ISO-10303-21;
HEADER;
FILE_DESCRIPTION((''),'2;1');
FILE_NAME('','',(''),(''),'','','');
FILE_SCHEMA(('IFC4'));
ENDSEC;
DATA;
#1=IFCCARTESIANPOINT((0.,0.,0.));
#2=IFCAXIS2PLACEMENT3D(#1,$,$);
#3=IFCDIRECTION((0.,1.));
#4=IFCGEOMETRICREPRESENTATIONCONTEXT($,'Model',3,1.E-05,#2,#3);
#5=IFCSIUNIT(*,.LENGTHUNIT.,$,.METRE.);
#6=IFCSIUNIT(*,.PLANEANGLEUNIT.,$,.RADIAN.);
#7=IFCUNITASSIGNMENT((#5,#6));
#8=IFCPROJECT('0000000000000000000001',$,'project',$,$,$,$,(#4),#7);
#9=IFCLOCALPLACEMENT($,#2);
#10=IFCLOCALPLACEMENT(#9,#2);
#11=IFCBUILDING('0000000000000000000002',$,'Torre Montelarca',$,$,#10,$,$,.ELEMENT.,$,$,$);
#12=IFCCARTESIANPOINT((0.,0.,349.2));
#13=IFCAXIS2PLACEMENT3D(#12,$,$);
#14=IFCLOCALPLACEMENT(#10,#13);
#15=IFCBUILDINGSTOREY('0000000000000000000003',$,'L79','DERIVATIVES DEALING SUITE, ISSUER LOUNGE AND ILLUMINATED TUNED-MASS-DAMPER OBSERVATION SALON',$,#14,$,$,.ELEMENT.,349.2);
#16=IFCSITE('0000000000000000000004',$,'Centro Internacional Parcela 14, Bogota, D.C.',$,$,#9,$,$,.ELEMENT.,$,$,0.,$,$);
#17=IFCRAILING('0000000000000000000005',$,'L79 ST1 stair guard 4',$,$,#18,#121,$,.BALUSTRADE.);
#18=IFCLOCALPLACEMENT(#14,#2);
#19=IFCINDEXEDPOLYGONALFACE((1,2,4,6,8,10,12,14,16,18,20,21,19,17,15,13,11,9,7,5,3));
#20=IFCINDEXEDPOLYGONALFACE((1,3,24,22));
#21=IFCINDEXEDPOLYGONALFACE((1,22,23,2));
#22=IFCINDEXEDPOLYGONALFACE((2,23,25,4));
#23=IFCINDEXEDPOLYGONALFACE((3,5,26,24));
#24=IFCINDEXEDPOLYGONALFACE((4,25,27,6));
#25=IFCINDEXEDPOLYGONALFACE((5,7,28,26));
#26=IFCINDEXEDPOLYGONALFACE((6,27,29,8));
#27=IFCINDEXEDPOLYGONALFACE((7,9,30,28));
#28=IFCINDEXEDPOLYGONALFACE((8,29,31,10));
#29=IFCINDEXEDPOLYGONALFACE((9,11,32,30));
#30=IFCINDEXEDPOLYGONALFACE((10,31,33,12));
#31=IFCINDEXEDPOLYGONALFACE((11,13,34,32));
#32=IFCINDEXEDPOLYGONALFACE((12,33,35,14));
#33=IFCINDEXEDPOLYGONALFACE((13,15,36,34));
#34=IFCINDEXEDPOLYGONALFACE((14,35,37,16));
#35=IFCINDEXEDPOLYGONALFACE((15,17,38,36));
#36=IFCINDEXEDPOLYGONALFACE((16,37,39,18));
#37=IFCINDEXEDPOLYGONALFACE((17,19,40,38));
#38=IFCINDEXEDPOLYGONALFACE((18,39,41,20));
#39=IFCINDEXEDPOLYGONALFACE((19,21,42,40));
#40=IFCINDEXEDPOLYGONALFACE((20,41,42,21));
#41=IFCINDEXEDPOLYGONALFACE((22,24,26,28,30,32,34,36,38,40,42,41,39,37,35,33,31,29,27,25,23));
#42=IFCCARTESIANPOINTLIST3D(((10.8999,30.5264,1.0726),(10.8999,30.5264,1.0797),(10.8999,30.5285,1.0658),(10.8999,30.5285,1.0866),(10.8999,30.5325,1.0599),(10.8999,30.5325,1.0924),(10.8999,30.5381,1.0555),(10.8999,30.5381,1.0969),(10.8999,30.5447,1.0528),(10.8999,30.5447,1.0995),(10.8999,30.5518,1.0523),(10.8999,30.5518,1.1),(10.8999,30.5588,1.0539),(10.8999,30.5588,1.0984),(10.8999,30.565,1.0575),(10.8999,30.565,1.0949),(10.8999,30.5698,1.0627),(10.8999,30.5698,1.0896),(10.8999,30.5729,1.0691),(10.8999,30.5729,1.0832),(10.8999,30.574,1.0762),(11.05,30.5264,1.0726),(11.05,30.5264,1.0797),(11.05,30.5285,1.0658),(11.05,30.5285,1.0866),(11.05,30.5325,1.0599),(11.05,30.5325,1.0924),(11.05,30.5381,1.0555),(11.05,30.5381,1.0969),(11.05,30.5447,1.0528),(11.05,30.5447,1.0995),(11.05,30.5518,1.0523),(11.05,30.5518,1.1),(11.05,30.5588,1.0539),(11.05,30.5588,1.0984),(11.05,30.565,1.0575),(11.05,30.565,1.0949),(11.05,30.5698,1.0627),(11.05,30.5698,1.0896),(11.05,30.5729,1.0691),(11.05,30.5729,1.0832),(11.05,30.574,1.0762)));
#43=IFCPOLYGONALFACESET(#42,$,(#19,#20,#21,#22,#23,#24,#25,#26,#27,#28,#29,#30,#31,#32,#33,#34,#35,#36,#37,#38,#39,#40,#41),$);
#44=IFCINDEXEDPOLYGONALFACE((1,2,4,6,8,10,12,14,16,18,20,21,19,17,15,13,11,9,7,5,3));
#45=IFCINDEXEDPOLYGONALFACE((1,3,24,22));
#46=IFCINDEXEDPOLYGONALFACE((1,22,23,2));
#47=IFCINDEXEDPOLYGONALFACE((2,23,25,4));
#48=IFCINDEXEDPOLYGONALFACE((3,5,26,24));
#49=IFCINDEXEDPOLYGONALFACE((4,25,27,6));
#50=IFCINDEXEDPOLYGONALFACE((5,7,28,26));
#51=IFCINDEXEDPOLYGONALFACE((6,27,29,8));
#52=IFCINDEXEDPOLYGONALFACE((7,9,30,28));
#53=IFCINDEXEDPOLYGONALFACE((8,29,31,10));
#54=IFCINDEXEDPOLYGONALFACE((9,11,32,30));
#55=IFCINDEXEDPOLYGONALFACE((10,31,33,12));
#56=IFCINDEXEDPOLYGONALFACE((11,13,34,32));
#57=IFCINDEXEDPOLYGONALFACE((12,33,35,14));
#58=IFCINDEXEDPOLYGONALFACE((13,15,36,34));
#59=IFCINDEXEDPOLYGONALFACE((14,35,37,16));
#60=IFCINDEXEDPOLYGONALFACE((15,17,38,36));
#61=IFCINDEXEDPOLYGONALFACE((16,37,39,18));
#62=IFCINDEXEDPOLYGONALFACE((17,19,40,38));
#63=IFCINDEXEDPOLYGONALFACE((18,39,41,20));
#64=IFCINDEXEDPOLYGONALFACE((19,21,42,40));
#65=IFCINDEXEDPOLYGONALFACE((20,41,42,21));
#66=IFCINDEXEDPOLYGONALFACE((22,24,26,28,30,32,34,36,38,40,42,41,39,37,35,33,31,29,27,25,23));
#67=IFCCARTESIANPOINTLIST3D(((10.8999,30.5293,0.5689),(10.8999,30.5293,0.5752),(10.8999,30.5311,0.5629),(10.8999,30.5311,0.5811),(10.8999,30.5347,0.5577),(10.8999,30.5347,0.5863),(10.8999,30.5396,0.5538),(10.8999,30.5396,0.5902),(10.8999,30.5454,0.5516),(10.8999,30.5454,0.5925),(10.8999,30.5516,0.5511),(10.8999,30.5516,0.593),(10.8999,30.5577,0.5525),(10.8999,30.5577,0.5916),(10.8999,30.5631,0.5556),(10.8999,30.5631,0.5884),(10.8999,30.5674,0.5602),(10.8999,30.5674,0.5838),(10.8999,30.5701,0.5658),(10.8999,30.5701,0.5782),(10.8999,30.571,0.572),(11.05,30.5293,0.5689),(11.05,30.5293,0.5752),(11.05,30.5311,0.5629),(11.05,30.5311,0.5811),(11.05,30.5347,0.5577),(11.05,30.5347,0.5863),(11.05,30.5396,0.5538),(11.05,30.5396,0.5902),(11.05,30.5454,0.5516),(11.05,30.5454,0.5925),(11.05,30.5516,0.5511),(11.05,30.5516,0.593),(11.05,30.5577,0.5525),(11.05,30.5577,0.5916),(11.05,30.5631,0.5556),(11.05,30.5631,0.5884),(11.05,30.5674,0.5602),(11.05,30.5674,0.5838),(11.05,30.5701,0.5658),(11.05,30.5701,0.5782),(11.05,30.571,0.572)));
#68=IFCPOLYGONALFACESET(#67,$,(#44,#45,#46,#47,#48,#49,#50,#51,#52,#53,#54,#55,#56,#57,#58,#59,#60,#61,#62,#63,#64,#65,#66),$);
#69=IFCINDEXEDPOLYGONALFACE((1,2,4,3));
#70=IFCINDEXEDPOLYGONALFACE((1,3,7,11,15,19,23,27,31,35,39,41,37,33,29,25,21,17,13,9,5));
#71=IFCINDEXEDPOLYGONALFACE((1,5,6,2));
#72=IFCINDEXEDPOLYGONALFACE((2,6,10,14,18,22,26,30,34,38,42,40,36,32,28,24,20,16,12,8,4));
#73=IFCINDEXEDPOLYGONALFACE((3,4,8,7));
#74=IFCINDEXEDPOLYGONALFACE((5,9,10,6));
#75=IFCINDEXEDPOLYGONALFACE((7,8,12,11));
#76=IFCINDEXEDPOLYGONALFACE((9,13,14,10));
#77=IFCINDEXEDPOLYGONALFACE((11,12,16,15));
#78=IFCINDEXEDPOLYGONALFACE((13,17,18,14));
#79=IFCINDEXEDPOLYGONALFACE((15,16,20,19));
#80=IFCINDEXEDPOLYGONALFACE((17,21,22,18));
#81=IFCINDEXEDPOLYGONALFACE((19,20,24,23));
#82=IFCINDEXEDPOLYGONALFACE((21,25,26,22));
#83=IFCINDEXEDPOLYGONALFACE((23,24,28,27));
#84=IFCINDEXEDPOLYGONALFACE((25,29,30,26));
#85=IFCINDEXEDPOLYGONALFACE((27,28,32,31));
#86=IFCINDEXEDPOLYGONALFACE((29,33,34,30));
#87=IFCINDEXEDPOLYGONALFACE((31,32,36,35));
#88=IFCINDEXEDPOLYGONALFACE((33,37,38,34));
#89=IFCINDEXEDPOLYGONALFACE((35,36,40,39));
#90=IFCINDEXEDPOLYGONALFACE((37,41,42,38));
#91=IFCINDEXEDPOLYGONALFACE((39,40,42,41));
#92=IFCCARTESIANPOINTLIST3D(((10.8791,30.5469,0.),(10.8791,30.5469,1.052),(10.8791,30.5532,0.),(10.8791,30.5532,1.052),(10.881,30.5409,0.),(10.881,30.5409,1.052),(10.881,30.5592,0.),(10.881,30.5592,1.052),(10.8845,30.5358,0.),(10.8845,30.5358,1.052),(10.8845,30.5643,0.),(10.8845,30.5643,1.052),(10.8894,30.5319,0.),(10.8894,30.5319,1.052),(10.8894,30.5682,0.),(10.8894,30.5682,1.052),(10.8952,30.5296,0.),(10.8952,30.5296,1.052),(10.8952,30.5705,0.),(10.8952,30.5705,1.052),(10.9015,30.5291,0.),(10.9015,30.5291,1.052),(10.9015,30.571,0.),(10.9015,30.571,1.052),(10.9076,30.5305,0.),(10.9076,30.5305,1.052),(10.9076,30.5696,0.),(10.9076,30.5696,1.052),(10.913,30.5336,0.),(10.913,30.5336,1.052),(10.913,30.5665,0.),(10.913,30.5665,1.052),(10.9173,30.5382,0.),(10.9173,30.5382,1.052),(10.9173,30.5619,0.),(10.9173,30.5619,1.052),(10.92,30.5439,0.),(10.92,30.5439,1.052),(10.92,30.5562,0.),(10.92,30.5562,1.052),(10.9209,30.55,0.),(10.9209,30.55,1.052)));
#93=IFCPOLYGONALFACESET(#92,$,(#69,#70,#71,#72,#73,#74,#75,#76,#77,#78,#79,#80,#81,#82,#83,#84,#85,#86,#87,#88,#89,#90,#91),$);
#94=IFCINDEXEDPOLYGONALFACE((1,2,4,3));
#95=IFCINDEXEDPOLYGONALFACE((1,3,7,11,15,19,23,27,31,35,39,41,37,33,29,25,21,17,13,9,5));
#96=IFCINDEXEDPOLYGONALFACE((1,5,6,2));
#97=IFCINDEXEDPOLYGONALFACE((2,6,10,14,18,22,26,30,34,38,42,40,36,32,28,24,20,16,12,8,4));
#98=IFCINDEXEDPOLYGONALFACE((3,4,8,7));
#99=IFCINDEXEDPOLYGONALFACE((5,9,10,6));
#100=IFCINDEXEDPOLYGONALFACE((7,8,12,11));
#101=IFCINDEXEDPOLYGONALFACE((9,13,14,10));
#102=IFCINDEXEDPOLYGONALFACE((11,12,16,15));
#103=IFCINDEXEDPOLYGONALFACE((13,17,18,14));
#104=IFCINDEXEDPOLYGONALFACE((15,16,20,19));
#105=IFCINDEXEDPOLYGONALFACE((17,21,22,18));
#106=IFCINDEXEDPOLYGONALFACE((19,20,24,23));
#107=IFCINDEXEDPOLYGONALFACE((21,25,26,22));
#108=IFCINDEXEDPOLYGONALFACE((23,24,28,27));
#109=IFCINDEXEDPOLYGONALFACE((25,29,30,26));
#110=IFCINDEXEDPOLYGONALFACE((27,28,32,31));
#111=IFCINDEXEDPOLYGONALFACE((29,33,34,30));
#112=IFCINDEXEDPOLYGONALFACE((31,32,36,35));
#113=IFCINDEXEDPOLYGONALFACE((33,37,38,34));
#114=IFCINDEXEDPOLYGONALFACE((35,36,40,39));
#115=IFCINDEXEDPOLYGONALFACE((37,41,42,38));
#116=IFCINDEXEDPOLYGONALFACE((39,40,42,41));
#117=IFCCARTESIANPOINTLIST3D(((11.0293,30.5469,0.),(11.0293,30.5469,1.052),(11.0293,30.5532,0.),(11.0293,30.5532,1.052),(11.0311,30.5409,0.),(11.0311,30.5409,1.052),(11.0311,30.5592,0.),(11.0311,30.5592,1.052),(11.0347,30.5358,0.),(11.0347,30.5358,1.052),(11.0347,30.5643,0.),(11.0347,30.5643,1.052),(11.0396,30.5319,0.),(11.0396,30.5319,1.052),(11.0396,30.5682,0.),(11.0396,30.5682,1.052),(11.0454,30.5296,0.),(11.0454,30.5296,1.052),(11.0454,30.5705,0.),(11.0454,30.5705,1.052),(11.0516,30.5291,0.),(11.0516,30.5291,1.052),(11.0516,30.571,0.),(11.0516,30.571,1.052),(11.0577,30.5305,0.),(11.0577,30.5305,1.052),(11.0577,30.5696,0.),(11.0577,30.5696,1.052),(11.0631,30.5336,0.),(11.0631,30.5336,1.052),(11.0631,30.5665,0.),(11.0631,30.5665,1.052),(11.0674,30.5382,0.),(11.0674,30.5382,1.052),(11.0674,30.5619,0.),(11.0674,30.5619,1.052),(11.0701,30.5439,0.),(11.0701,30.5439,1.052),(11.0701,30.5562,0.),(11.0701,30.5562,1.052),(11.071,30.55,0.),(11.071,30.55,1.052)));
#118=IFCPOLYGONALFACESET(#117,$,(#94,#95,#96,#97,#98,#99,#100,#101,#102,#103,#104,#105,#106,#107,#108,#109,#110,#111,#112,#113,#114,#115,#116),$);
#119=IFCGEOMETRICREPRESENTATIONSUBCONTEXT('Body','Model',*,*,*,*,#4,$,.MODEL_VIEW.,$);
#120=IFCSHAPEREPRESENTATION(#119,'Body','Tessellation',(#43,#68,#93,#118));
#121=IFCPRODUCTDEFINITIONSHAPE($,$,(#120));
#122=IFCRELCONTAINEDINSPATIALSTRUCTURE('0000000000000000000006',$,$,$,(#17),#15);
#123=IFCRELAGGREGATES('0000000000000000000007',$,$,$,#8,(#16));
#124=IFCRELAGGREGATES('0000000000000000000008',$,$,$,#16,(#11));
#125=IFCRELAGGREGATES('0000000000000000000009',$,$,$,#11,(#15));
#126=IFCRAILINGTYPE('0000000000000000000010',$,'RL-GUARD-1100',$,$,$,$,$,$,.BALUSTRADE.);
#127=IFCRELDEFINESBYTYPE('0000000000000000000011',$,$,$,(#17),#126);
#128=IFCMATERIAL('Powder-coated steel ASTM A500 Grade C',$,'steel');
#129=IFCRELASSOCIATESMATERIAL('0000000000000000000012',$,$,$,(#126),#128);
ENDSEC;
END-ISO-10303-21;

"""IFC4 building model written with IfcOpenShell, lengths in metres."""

from ifc_helpers import new_model, si_unit, direction, frame, origin, origin_2d, place, context, subcontext, project, spatial, circle, extrude, material, type_object, element, save


model = new_model("IFC4")

# Units and contexts
model_context = context("Model", 3, precision=1e-05, world=origin(), true_north=direction((0.0, 1.0)))
body_context = subcontext(model_context, "Body", "Model", "MODEL_VIEW")
ifc_project = project(units=[si_unit("LENGTHUNIT", "METRE"), si_unit("PLANEANGLEUNIT", "RADIAN")], contexts=[model_context])

# Site, building, storey
site_placement = place(None, origin())
site = spatial("IfcSite", under=ifc_project, at=site_placement, Name="Centro Internacional Parcela 14, Bogota, D.C.", CompositionType="ELEMENT", RefElevation=0.0)
building_placement = place(site_placement, origin())
building = spatial("IfcBuilding", under=site, at=building_placement, Name="Torre Montelarca", CompositionType="ELEMENT")
storey_placement = place(building_placement, frame((0.0, 0.0, 349.2)))
storey = spatial("IfcBuildingStorey", under=building, at=storey_placement, Name="L79", Description="DERIVATIVES DEALING SUITE, ISSUER LOUNGE AND ILLUMINATED TUNED-MASS-DAMPER OBSERVATION SALON", CompositionType="ELEMENT", Elevation=349.2)

# Railing
ifc_material_1 = material(Name="Powder-coated steel ASTM A500 Grade C", Category="steel")
railing_type_1 = type_object("IfcRailingType", Name="RL-GUARD-1100", PredefinedType="BALUSTRADE", material=ifc_material_1)
railing_1_placement = place(storey_placement, frame((10.8999, 30.55, 0.0)))
element("IfcRailing", 1, at=railing_1_placement, inside=storey, type_object=railing_type_1, Name="L79 ST1 stair guard 4", PredefinedType="BALUSTRADE", context=body_context, shape_type="SweptSolid", body=[
    extrude(circle(Radius=0.0239, at=origin_2d()), frame((0.0, 0.0, 1.0762), z_axis=(1.0, 0.0, 0.0), x_axis=(0.0, 1.0, 0.0)), (0.0, 0.0, 1.0), 0.1501),
    extrude(circle(Radius=0.021, at=origin_2d()), frame((0.0, 0.0, 0.572), z_axis=(1.0, 0.0, 0.0), x_axis=(0.0, 1.0, 0.0)), (0.0, 0.0, 1.0), 0.1501),
    extrude(circle(Radius=0.021, at=origin_2d()), origin(), (0.0, 0.0, 1.0), 1.052),
    extrude(circle(Radius=0.021, at=origin_2d()), frame((0.1501, 0.0, 0.0)), (0.0, 0.0, 1.0), 1.052),
])

save(model, "model.ifc")
